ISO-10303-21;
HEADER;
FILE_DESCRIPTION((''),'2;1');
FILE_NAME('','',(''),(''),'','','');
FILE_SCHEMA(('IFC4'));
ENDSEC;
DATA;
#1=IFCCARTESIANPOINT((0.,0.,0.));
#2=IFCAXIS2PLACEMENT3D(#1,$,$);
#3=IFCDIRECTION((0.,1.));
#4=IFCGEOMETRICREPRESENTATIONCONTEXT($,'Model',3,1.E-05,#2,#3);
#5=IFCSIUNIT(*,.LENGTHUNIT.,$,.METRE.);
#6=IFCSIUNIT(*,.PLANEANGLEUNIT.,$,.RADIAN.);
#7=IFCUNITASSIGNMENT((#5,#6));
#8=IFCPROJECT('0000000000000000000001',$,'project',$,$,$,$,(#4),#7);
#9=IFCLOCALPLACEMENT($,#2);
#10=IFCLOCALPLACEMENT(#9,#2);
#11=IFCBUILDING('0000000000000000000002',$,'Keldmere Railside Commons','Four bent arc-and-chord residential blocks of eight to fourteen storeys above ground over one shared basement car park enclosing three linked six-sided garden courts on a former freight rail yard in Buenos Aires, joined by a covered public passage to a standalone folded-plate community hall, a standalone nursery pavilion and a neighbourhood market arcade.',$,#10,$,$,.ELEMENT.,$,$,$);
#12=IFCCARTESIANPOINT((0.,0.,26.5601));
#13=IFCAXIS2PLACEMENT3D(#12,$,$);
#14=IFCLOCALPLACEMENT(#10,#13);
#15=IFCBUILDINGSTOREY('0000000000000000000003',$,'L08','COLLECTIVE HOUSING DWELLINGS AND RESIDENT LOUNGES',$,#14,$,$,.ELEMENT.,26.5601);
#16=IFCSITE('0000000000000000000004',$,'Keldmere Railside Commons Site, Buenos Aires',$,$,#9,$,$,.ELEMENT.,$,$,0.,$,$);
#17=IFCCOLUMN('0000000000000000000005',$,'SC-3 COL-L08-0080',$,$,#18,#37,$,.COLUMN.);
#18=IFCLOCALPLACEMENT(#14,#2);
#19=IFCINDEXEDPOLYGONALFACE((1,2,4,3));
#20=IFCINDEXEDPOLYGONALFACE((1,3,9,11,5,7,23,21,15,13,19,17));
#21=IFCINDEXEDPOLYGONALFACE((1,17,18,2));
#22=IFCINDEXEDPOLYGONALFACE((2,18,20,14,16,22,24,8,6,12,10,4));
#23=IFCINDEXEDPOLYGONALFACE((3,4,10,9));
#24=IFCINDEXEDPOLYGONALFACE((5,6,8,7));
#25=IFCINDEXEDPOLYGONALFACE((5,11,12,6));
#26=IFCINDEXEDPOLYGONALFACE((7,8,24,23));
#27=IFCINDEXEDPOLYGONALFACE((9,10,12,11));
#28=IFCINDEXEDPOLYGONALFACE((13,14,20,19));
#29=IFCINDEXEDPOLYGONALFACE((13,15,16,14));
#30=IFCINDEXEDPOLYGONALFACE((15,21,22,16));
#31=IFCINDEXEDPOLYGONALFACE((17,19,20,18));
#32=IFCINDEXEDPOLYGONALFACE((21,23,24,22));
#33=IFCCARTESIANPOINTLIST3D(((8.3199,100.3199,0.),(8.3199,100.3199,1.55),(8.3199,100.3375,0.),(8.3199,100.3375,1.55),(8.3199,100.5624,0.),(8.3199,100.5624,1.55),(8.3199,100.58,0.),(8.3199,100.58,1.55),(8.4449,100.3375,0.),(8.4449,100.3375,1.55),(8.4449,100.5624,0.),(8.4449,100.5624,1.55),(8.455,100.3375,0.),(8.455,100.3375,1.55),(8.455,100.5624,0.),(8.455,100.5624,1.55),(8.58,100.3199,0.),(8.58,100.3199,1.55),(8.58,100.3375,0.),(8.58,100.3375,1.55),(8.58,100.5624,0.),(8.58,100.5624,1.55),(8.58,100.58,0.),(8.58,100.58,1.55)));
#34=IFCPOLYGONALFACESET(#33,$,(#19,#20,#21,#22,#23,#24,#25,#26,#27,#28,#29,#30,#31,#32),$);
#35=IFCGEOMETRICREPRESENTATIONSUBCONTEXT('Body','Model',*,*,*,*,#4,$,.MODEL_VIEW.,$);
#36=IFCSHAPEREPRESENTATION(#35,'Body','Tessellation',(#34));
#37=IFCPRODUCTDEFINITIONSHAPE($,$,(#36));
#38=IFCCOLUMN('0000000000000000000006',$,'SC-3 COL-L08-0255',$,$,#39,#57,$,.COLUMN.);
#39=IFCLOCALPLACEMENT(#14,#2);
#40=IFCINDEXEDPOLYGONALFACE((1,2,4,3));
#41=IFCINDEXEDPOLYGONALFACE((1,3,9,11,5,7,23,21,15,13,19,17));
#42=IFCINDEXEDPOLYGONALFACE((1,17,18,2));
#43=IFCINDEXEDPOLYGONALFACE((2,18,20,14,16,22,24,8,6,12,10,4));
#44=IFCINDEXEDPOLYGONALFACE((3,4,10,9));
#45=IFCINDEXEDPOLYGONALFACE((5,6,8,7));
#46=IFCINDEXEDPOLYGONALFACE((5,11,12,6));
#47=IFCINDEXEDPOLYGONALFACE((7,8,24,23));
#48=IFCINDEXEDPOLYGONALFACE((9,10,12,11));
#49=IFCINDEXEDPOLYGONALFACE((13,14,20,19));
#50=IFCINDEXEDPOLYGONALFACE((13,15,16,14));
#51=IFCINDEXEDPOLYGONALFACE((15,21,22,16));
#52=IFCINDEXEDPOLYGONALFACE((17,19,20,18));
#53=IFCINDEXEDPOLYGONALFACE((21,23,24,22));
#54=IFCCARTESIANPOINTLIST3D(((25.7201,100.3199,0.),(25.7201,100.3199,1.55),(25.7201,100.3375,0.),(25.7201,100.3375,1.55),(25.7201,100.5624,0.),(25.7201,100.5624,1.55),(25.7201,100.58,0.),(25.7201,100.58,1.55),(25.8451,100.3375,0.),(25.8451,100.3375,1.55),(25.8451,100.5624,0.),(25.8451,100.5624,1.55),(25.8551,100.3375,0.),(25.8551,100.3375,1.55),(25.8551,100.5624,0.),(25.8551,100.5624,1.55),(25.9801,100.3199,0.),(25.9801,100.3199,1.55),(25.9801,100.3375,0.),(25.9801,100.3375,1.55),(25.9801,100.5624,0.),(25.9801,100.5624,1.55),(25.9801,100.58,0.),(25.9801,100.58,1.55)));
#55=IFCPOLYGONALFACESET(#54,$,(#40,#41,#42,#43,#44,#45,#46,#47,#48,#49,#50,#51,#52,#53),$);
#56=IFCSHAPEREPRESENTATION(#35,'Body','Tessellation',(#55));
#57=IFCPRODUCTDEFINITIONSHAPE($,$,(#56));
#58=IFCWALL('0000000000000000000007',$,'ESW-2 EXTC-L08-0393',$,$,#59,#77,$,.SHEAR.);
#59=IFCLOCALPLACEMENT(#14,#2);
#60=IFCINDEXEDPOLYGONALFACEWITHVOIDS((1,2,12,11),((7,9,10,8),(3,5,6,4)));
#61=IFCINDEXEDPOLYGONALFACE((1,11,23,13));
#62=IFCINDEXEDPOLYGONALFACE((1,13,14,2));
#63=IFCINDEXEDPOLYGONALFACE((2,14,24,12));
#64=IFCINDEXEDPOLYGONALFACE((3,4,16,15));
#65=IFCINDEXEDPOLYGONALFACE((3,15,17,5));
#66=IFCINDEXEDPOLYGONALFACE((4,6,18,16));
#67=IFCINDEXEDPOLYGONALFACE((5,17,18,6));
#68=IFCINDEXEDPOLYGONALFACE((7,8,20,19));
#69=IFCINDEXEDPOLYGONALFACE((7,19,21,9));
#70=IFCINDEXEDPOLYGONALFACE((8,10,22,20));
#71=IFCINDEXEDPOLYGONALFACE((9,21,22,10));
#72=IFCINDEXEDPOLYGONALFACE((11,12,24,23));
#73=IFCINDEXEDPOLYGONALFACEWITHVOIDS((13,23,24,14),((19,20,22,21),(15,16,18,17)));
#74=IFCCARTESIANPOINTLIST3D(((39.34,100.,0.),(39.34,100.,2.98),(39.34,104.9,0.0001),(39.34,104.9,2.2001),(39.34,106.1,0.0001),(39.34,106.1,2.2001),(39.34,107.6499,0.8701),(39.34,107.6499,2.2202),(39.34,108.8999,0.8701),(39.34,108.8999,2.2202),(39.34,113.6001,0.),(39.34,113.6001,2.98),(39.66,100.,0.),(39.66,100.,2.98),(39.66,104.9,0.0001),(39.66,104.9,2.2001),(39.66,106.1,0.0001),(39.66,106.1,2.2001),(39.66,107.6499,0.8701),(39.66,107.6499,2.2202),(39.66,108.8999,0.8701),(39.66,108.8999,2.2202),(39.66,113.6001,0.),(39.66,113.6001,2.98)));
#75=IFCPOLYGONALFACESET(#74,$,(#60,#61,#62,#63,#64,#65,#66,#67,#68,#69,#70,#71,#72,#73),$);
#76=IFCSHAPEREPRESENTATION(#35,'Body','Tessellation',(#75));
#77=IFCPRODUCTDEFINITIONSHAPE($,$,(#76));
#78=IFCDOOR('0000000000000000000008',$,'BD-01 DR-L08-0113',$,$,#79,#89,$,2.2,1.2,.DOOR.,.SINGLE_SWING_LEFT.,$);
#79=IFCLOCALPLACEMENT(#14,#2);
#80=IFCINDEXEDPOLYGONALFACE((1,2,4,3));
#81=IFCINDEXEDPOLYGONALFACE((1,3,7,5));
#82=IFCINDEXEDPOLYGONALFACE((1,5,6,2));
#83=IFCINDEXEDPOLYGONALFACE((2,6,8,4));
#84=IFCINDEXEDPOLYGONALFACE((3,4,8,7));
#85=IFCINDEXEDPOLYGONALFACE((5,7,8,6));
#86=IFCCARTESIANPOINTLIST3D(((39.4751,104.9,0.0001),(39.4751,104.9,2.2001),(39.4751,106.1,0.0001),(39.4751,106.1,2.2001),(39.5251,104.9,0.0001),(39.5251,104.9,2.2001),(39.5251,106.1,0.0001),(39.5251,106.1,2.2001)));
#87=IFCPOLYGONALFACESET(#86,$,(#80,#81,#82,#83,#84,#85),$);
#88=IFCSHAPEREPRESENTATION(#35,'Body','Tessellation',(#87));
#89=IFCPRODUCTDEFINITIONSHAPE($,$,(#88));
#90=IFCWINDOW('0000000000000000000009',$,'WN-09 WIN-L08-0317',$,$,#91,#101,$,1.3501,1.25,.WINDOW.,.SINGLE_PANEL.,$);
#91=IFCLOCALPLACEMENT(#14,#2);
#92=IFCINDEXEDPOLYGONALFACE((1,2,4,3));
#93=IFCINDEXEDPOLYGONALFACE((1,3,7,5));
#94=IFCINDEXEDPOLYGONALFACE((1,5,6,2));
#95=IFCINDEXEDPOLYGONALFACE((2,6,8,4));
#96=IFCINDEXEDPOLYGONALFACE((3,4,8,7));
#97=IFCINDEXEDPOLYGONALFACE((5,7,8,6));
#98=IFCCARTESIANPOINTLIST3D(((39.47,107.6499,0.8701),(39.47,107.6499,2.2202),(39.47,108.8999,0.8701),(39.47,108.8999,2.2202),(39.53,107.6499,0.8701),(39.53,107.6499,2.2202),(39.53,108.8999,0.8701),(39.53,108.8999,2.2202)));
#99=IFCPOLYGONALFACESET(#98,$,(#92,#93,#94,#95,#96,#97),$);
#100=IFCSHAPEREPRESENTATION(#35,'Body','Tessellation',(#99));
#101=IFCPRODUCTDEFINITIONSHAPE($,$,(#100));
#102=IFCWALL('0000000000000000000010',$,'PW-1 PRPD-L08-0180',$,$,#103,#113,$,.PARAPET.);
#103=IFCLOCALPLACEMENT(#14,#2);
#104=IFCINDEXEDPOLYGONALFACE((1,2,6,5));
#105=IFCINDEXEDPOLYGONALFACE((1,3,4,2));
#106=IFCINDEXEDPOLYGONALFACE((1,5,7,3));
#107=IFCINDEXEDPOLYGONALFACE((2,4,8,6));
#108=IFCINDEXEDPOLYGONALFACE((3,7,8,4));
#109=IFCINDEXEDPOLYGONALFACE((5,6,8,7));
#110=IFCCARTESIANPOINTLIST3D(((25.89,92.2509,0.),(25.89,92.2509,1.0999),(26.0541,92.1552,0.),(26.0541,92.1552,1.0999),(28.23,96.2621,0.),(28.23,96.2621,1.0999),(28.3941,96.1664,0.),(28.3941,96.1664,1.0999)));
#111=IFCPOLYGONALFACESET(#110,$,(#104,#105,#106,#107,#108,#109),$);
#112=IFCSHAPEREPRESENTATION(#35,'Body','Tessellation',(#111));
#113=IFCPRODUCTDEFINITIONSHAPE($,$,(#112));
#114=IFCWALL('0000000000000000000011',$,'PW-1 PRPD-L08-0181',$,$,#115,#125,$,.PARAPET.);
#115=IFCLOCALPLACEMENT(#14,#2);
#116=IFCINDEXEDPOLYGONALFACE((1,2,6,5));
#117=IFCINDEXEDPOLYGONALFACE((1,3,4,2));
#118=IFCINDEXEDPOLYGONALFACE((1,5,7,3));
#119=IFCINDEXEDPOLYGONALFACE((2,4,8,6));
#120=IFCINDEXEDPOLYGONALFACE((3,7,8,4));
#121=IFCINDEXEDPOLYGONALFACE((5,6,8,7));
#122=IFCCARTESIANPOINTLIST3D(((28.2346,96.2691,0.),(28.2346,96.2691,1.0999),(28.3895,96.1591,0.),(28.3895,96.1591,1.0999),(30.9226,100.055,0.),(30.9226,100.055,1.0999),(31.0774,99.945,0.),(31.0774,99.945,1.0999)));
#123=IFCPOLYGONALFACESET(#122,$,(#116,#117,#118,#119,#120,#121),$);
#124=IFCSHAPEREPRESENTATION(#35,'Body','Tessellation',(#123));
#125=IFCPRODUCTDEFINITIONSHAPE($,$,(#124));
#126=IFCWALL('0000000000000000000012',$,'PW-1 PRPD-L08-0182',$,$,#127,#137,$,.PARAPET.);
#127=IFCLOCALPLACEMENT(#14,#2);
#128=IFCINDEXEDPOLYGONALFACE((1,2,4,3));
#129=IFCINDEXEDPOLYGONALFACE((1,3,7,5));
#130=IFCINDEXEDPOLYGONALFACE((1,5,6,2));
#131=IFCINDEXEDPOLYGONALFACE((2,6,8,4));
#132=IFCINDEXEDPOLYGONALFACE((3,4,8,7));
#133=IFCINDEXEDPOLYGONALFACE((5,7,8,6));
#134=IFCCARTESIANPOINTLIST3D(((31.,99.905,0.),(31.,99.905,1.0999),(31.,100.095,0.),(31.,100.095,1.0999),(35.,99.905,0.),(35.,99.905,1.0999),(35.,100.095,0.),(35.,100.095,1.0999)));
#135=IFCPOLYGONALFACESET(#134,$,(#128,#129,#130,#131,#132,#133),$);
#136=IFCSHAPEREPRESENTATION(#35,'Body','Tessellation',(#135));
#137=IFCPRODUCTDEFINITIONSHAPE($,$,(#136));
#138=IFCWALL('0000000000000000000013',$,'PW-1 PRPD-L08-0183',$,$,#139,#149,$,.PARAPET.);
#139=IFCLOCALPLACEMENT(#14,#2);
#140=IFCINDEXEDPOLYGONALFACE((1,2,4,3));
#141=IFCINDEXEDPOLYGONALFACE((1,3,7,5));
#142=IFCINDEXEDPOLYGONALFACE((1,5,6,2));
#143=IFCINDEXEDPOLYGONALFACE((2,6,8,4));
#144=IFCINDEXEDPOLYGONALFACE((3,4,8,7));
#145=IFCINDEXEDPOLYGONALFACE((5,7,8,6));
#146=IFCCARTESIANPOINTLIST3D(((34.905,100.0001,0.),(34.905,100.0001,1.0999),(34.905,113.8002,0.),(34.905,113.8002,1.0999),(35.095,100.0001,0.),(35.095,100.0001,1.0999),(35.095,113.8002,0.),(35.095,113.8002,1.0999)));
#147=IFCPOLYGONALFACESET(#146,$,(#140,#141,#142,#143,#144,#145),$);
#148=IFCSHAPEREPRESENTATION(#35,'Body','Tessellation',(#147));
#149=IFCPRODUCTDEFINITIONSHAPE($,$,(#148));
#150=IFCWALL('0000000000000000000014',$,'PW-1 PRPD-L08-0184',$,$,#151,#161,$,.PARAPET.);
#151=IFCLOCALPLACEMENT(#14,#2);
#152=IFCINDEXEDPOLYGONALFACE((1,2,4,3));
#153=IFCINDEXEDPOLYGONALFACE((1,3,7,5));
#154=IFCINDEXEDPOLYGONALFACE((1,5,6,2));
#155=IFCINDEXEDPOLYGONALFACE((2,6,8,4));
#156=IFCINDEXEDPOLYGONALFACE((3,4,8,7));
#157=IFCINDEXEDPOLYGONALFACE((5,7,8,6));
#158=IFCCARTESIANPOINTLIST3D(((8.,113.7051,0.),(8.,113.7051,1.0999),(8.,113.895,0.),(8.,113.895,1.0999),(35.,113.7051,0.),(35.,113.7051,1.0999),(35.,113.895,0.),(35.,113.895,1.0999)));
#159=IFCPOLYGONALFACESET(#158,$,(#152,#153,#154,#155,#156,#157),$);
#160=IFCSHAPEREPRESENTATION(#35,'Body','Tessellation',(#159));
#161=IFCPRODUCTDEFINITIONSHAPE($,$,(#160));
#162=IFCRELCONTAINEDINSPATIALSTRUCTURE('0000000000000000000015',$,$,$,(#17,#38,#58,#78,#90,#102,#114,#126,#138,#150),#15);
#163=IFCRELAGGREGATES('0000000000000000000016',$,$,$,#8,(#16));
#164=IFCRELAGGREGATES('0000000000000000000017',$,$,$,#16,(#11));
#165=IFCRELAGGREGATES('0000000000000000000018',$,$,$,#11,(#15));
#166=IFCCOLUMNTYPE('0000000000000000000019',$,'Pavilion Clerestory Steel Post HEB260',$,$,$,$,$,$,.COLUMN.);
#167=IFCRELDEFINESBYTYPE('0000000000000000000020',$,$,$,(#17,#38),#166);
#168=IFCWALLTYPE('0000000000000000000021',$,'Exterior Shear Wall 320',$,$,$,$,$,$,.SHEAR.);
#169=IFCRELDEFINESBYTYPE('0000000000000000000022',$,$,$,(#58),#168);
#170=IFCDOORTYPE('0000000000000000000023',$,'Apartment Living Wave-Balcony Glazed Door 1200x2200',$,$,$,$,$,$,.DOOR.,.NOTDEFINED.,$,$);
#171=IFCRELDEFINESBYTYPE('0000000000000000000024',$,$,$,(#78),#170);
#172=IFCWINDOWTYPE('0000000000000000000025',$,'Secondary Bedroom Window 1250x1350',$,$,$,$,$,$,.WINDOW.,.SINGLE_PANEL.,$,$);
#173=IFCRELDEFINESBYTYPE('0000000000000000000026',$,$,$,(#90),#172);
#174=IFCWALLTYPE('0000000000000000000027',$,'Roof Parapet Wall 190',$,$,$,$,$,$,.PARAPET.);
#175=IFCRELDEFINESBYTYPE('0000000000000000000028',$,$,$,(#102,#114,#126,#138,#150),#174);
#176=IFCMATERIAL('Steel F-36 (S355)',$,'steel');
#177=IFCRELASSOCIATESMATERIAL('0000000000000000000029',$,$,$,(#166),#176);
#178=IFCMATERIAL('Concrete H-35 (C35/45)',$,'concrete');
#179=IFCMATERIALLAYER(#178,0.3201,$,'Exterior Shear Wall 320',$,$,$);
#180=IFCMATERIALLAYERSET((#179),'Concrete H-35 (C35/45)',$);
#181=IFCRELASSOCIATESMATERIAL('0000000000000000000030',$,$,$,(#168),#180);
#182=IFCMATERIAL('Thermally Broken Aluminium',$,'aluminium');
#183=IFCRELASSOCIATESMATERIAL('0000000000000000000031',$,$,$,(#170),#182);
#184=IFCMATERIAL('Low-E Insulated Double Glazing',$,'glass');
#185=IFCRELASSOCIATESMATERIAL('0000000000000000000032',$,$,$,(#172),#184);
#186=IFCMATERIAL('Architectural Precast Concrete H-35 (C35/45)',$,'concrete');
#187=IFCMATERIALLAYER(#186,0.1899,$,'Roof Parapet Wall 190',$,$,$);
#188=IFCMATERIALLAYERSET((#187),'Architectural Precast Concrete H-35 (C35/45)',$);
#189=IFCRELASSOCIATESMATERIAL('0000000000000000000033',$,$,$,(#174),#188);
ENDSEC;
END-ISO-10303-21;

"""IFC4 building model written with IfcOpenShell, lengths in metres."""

from ifc_helpers import new_model, si_unit, direction, frame, frame_2d, origin, origin_2d, place, context, subcontext, project, spatial, rectangle, i_section, extrude, material, layer, layer_set, material_profile, profile_set, type_object, element, fill, save


model = new_model("IFC4")

# Units and contexts
model_context = context("Model", 3, precision=1e-05, world=origin(), true_north=direction((0.0, 1.0)))
body_context = subcontext(model_context, "Body", "Model", "MODEL_VIEW")
ifc_project = project(units=[si_unit("LENGTHUNIT", "METRE"), si_unit("PLANEANGLEUNIT", "RADIAN")], contexts=[model_context])

# Site, building, storey
site_placement = place(None, origin())
site = spatial("IfcSite", under=ifc_project, at=site_placement, Name="Keldmere Railside Commons Site, Buenos Aires", CompositionType="ELEMENT", RefElevation=0.0)
building_placement = place(site_placement, origin())
building = spatial("IfcBuilding", under=site, at=building_placement, Name="Keldmere Railside Commons", Description="Four bent arc-and-chord residential blocks of eight to fourteen storeys above ground over one shared basement car park enclosing three linked six-sided garden courts on a former freight rail yard in Buenos Aires, joined by a covered public passage to a standalone folded-plate community hall, a standalone nursery pavilion and a neighbourhood market arcade.", CompositionType="ELEMENT")
storey_placement = place(building_placement, frame((0.0, 0.0, 26.5601)))
storey = spatial("IfcBuildingStorey", under=building, at=storey_placement, Name="L08", Description="COLLECTIVE HOUSING DWELLINGS AND RESIDENT LOUNGES", CompositionType="ELEMENT", Elevation=26.5601)

# Columns
ifc_material_1 = material(Name="Steel F-36 (S355)", Category="steel")
ifc_material_profile = material_profile(ifc_material_1, i_section(OverallWidth=0.26, OverallDepth=0.26, WebThickness=0.01, FlangeThickness=0.0176, at=origin_2d()), Name="HEB-260")
ifc_profile_set = profile_set([ifc_material_profile], Name="Steel F-36 (S355)")
column_type = type_object("IfcColumnType", Name="Pavilion Clerestory Steel Post HEB260", PredefinedType="COLUMN", material=ifc_profile_set)
for number, where, z_axis, x_axis, name in (
    (1, (8.45, 100.45, 0.0), (0.0, 0.0, 1.0), (1.0, 0.0, 0.0), "SC-3 COL-L08-0080"),
    (2, (25.8501, 100.45, 0.0), (0.0, 0.0, 1.0), (1.0, 0.0, 0.0), "SC-3 COL-L08-0255"),
):
    element("IfcColumn", number, at=place(storey_placement, frame(where, z_axis=z_axis, x_axis=x_axis)), inside=storey, type_object=column_type, Name=name, PredefinedType="COLUMN", context=body_context, shape_type="SweptSolid", body=[
        extrude(i_section(OverallWidth=0.26, OverallDepth=0.26, WebThickness=0.01, FlangeThickness=0.0176, at=origin_2d()), origin(), (0.0, 0.0, 1.0), 1.55),
    ])

# Wall, openings, door, window
ifc_material_2 = material(Name="Concrete H-35 (C35/45)", Category="concrete")
ifc_layer_1 = layer(ifc_material_2, 0.3201, Name="Exterior Shear Wall 320")
ifc_layer_set_1 = layer_set([ifc_layer_1], Name="Concrete H-35 (C35/45)")
wall_type_1 = type_object("IfcWallType", Name="Exterior Shear Wall 320", PredefinedType="SHEAR", material=ifc_layer_set_1)
wall_1_placement = place(storey_placement, frame((39.5, 100.0, 0.0), z_axis=(0.0, 0.0, 1.0), x_axis=(0.0, 1.0, 0.0)))
wall_1 = element("IfcWall", 3, at=wall_1_placement, inside=storey, type_object=wall_type_1, Name="ESW-2 EXTC-L08-0393", PredefinedType="SHEAR", context=body_context, shape_type="SweptSolid", body=[
    extrude(rectangle(XDim=13.6001, YDim=0.3201, at=frame_2d((6.8, 0.0))), origin(), (0.0, 0.0, 1.0), 2.98),
])
opening_1_placement = place(wall_1_placement, frame((4.8999, 0.0, 0.0)))
opening_1 = element("IfcOpeningElement", 4, at=opening_1_placement, cuts=wall_1, PredefinedType="OPENING", context=body_context, shape_type="SweptSolid", body=[
    extrude(rectangle(XDim=1.2, YDim=2.2, at=frame_2d((0.6001, 1.1001))), frame((0.0, 0.1699, 0.0), z_axis=(0.0, -1.0, 0.0), x_axis=(1.0, 0.0, 0.0)), (0.0, 0.0, 1.0), 0.3401),
])
opening_2_placement = place(wall_1_placement, frame((7.6499, 0.0, 0.8701)))
opening_2 = element("IfcOpeningElement", 5, at=opening_2_placement, cuts=wall_1, PredefinedType="OPENING", context=body_context, shape_type="SweptSolid", body=[
    extrude(rectangle(XDim=1.25, YDim=1.3501, at=frame_2d((0.625, 0.675))), frame((0.0, 0.1699, 0.0), z_axis=(0.0, -1.0, 0.0), x_axis=(1.0, 0.0, 0.0)), (0.0, 0.0, 1.0), 0.3401),
])
ifc_material_3 = material(Name="Thermally Broken Aluminium", Category="aluminium")
door_type = type_object("IfcDoorType", Name="Apartment Living Wave-Balcony Glazed Door 1200x2200", OperationType="NOTDEFINED", PredefinedType="DOOR", material=ifc_material_3)
door_1_placement = place(opening_1_placement, origin())
door_1 = element("IfcDoor", 6, at=door_1_placement, inside=storey, type_object=door_type, Name="BD-01 DR-L08-0113", OperationType="SINGLE_SWING_LEFT", OverallHeight=2.2, OverallWidth=1.2, PredefinedType="DOOR", context=body_context, shape_type="SweptSolid", body=[
    extrude(rectangle(XDim=1.2, YDim=2.2, at=frame_2d((0.6001, 1.1001))), frame((0.0, 0.0249, 0.0), z_axis=(0.0, -1.0, 0.0), x_axis=(1.0, 0.0, 0.0)), (0.0, 0.0, 1.0), 0.05),
])
fill(opening_1, door_1)
ifc_material_4 = material(Name="Low-E Insulated Double Glazing", Category="glass")
window_type_1 = type_object("IfcWindowType", Name="Secondary Bedroom Window 1250x1350", PartitioningType="SINGLE_PANEL", PredefinedType="WINDOW", material=ifc_material_4)
window_1_placement = place(opening_2_placement, origin())
window_1 = element("IfcWindow", 7, at=window_1_placement, inside=storey, type_object=window_type_1, Name="WN-09 WIN-L08-0317", OverallHeight=1.3501, OverallWidth=1.25, PartitioningType="SINGLE_PANEL", PredefinedType="WINDOW", context=body_context, shape_type="SweptSolid", body=[
    extrude(rectangle(XDim=1.25, YDim=1.3501, at=frame_2d((0.625, 0.675))), frame((0.0, 0.03, 0.0), z_axis=(0.0, -1.0, 0.0), x_axis=(1.0, 0.0, 0.0)), (0.0, 0.0, 1.0), 0.0601),
])
fill(opening_2, window_1)

# Walls
ifc_material_5 = material(Name="Architectural Precast Concrete H-35 (C35/45)", Category="concrete")
ifc_layer_2 = layer(ifc_material_5, 0.1899, Name="Roof Parapet Wall 190")
ifc_layer_set_2 = layer_set([ifc_layer_2], Name="Architectural Precast Concrete H-35 (C35/45)")
wall_type_2 = type_object("IfcWallType", Name="Roof Parapet Wall 190", PredefinedType="PARAPET", material=ifc_layer_set_2)
wall_2_placement = place(storey_placement, frame((28.312, 96.2141, 0.0), z_axis=(0.0, 0.0, 1.0), x_axis=(-0.503904, -0.86376, 0.0)))
element("IfcWall", 8, at=wall_2_placement, inside=storey, type_object=wall_type_2, Name="PW-1 PRPD-L08-0180", PredefinedType="PARAPET", context=body_context, shape_type="SweptSolid", body=[
    extrude(rectangle(XDim=4.6438, YDim=0.1899, at=frame_2d((2.3218, 0.0))), origin(), (0.0, 0.0, 1.0), 1.0999),
])
wall_3_placement = place(storey_placement, frame((31.0, 100.0, 0.0), z_axis=(0.0, 0.0, 1.0), x_axis=(-0.578923, -0.815382, 0.0)))
element("IfcWall", 9, at=wall_3_placement, inside=storey, type_object=wall_type_2, Name="PW-1 PRPD-L08-0181", PredefinedType="PARAPET", context=body_context, shape_type="SweptSolid", body=[
    extrude(rectangle(XDim=4.6431, YDim=0.1899, at=frame_2d((2.3215, 0.0))), origin(), (0.0, 0.0, 1.0), 1.0999),
])
wall_4_placement = place(storey_placement, frame((35.0, 100.0, 0.0), z_axis=(0.0, 0.0, 1.0), x_axis=(-1.0, 0.0, 0.0)))
element("IfcWall", 10, at=wall_4_placement, inside=storey, type_object=wall_type_2, Name="PW-1 PRPD-L08-0182", PredefinedType="PARAPET", context=body_context, shape_type="SweptSolid", body=[
    extrude(rectangle(XDim=4.0, YDim=0.1899, at=frame_2d((2.0, 0.0))), origin(), (0.0, 0.0, 1.0), 1.0999),
])
wall_5_placement = place(storey_placement, frame((35.0, 113.8, 0.0), z_axis=(0.0, 0.0, 1.0), x_axis=(0.0, -1.0, 0.0)))
element("IfcWall", 11, at=wall_5_placement, inside=storey, type_object=wall_type_2, Name="PW-1 PRPD-L08-0183", PredefinedType="PARAPET", context=body_context, shape_type="SweptSolid", body=[
    extrude(rectangle(XDim=13.8, YDim=0.1899, at=frame_2d((6.8999, 0.0))), origin(), (0.0, 0.0, 1.0), 1.0999),
])
wall_6_placement = place(storey_placement, frame((8.0, 113.8, 0.0), z_axis=(0.0, 0.0, 1.0), x_axis=(1.0, 0.0, 0.0)))
element("IfcWall", 12, at=wall_6_placement, inside=storey, type_object=wall_type_2, Name="PW-1 PRPD-L08-0184", PredefinedType="PARAPET", context=body_context, shape_type="SweptSolid", body=[
    extrude(rectangle(XDim=27.0, YDim=0.1899, at=frame_2d((13.5, 0.0))), origin(), (0.0, 0.0, 1.0), 1.0999),
])

save(model, "model.ifc")
